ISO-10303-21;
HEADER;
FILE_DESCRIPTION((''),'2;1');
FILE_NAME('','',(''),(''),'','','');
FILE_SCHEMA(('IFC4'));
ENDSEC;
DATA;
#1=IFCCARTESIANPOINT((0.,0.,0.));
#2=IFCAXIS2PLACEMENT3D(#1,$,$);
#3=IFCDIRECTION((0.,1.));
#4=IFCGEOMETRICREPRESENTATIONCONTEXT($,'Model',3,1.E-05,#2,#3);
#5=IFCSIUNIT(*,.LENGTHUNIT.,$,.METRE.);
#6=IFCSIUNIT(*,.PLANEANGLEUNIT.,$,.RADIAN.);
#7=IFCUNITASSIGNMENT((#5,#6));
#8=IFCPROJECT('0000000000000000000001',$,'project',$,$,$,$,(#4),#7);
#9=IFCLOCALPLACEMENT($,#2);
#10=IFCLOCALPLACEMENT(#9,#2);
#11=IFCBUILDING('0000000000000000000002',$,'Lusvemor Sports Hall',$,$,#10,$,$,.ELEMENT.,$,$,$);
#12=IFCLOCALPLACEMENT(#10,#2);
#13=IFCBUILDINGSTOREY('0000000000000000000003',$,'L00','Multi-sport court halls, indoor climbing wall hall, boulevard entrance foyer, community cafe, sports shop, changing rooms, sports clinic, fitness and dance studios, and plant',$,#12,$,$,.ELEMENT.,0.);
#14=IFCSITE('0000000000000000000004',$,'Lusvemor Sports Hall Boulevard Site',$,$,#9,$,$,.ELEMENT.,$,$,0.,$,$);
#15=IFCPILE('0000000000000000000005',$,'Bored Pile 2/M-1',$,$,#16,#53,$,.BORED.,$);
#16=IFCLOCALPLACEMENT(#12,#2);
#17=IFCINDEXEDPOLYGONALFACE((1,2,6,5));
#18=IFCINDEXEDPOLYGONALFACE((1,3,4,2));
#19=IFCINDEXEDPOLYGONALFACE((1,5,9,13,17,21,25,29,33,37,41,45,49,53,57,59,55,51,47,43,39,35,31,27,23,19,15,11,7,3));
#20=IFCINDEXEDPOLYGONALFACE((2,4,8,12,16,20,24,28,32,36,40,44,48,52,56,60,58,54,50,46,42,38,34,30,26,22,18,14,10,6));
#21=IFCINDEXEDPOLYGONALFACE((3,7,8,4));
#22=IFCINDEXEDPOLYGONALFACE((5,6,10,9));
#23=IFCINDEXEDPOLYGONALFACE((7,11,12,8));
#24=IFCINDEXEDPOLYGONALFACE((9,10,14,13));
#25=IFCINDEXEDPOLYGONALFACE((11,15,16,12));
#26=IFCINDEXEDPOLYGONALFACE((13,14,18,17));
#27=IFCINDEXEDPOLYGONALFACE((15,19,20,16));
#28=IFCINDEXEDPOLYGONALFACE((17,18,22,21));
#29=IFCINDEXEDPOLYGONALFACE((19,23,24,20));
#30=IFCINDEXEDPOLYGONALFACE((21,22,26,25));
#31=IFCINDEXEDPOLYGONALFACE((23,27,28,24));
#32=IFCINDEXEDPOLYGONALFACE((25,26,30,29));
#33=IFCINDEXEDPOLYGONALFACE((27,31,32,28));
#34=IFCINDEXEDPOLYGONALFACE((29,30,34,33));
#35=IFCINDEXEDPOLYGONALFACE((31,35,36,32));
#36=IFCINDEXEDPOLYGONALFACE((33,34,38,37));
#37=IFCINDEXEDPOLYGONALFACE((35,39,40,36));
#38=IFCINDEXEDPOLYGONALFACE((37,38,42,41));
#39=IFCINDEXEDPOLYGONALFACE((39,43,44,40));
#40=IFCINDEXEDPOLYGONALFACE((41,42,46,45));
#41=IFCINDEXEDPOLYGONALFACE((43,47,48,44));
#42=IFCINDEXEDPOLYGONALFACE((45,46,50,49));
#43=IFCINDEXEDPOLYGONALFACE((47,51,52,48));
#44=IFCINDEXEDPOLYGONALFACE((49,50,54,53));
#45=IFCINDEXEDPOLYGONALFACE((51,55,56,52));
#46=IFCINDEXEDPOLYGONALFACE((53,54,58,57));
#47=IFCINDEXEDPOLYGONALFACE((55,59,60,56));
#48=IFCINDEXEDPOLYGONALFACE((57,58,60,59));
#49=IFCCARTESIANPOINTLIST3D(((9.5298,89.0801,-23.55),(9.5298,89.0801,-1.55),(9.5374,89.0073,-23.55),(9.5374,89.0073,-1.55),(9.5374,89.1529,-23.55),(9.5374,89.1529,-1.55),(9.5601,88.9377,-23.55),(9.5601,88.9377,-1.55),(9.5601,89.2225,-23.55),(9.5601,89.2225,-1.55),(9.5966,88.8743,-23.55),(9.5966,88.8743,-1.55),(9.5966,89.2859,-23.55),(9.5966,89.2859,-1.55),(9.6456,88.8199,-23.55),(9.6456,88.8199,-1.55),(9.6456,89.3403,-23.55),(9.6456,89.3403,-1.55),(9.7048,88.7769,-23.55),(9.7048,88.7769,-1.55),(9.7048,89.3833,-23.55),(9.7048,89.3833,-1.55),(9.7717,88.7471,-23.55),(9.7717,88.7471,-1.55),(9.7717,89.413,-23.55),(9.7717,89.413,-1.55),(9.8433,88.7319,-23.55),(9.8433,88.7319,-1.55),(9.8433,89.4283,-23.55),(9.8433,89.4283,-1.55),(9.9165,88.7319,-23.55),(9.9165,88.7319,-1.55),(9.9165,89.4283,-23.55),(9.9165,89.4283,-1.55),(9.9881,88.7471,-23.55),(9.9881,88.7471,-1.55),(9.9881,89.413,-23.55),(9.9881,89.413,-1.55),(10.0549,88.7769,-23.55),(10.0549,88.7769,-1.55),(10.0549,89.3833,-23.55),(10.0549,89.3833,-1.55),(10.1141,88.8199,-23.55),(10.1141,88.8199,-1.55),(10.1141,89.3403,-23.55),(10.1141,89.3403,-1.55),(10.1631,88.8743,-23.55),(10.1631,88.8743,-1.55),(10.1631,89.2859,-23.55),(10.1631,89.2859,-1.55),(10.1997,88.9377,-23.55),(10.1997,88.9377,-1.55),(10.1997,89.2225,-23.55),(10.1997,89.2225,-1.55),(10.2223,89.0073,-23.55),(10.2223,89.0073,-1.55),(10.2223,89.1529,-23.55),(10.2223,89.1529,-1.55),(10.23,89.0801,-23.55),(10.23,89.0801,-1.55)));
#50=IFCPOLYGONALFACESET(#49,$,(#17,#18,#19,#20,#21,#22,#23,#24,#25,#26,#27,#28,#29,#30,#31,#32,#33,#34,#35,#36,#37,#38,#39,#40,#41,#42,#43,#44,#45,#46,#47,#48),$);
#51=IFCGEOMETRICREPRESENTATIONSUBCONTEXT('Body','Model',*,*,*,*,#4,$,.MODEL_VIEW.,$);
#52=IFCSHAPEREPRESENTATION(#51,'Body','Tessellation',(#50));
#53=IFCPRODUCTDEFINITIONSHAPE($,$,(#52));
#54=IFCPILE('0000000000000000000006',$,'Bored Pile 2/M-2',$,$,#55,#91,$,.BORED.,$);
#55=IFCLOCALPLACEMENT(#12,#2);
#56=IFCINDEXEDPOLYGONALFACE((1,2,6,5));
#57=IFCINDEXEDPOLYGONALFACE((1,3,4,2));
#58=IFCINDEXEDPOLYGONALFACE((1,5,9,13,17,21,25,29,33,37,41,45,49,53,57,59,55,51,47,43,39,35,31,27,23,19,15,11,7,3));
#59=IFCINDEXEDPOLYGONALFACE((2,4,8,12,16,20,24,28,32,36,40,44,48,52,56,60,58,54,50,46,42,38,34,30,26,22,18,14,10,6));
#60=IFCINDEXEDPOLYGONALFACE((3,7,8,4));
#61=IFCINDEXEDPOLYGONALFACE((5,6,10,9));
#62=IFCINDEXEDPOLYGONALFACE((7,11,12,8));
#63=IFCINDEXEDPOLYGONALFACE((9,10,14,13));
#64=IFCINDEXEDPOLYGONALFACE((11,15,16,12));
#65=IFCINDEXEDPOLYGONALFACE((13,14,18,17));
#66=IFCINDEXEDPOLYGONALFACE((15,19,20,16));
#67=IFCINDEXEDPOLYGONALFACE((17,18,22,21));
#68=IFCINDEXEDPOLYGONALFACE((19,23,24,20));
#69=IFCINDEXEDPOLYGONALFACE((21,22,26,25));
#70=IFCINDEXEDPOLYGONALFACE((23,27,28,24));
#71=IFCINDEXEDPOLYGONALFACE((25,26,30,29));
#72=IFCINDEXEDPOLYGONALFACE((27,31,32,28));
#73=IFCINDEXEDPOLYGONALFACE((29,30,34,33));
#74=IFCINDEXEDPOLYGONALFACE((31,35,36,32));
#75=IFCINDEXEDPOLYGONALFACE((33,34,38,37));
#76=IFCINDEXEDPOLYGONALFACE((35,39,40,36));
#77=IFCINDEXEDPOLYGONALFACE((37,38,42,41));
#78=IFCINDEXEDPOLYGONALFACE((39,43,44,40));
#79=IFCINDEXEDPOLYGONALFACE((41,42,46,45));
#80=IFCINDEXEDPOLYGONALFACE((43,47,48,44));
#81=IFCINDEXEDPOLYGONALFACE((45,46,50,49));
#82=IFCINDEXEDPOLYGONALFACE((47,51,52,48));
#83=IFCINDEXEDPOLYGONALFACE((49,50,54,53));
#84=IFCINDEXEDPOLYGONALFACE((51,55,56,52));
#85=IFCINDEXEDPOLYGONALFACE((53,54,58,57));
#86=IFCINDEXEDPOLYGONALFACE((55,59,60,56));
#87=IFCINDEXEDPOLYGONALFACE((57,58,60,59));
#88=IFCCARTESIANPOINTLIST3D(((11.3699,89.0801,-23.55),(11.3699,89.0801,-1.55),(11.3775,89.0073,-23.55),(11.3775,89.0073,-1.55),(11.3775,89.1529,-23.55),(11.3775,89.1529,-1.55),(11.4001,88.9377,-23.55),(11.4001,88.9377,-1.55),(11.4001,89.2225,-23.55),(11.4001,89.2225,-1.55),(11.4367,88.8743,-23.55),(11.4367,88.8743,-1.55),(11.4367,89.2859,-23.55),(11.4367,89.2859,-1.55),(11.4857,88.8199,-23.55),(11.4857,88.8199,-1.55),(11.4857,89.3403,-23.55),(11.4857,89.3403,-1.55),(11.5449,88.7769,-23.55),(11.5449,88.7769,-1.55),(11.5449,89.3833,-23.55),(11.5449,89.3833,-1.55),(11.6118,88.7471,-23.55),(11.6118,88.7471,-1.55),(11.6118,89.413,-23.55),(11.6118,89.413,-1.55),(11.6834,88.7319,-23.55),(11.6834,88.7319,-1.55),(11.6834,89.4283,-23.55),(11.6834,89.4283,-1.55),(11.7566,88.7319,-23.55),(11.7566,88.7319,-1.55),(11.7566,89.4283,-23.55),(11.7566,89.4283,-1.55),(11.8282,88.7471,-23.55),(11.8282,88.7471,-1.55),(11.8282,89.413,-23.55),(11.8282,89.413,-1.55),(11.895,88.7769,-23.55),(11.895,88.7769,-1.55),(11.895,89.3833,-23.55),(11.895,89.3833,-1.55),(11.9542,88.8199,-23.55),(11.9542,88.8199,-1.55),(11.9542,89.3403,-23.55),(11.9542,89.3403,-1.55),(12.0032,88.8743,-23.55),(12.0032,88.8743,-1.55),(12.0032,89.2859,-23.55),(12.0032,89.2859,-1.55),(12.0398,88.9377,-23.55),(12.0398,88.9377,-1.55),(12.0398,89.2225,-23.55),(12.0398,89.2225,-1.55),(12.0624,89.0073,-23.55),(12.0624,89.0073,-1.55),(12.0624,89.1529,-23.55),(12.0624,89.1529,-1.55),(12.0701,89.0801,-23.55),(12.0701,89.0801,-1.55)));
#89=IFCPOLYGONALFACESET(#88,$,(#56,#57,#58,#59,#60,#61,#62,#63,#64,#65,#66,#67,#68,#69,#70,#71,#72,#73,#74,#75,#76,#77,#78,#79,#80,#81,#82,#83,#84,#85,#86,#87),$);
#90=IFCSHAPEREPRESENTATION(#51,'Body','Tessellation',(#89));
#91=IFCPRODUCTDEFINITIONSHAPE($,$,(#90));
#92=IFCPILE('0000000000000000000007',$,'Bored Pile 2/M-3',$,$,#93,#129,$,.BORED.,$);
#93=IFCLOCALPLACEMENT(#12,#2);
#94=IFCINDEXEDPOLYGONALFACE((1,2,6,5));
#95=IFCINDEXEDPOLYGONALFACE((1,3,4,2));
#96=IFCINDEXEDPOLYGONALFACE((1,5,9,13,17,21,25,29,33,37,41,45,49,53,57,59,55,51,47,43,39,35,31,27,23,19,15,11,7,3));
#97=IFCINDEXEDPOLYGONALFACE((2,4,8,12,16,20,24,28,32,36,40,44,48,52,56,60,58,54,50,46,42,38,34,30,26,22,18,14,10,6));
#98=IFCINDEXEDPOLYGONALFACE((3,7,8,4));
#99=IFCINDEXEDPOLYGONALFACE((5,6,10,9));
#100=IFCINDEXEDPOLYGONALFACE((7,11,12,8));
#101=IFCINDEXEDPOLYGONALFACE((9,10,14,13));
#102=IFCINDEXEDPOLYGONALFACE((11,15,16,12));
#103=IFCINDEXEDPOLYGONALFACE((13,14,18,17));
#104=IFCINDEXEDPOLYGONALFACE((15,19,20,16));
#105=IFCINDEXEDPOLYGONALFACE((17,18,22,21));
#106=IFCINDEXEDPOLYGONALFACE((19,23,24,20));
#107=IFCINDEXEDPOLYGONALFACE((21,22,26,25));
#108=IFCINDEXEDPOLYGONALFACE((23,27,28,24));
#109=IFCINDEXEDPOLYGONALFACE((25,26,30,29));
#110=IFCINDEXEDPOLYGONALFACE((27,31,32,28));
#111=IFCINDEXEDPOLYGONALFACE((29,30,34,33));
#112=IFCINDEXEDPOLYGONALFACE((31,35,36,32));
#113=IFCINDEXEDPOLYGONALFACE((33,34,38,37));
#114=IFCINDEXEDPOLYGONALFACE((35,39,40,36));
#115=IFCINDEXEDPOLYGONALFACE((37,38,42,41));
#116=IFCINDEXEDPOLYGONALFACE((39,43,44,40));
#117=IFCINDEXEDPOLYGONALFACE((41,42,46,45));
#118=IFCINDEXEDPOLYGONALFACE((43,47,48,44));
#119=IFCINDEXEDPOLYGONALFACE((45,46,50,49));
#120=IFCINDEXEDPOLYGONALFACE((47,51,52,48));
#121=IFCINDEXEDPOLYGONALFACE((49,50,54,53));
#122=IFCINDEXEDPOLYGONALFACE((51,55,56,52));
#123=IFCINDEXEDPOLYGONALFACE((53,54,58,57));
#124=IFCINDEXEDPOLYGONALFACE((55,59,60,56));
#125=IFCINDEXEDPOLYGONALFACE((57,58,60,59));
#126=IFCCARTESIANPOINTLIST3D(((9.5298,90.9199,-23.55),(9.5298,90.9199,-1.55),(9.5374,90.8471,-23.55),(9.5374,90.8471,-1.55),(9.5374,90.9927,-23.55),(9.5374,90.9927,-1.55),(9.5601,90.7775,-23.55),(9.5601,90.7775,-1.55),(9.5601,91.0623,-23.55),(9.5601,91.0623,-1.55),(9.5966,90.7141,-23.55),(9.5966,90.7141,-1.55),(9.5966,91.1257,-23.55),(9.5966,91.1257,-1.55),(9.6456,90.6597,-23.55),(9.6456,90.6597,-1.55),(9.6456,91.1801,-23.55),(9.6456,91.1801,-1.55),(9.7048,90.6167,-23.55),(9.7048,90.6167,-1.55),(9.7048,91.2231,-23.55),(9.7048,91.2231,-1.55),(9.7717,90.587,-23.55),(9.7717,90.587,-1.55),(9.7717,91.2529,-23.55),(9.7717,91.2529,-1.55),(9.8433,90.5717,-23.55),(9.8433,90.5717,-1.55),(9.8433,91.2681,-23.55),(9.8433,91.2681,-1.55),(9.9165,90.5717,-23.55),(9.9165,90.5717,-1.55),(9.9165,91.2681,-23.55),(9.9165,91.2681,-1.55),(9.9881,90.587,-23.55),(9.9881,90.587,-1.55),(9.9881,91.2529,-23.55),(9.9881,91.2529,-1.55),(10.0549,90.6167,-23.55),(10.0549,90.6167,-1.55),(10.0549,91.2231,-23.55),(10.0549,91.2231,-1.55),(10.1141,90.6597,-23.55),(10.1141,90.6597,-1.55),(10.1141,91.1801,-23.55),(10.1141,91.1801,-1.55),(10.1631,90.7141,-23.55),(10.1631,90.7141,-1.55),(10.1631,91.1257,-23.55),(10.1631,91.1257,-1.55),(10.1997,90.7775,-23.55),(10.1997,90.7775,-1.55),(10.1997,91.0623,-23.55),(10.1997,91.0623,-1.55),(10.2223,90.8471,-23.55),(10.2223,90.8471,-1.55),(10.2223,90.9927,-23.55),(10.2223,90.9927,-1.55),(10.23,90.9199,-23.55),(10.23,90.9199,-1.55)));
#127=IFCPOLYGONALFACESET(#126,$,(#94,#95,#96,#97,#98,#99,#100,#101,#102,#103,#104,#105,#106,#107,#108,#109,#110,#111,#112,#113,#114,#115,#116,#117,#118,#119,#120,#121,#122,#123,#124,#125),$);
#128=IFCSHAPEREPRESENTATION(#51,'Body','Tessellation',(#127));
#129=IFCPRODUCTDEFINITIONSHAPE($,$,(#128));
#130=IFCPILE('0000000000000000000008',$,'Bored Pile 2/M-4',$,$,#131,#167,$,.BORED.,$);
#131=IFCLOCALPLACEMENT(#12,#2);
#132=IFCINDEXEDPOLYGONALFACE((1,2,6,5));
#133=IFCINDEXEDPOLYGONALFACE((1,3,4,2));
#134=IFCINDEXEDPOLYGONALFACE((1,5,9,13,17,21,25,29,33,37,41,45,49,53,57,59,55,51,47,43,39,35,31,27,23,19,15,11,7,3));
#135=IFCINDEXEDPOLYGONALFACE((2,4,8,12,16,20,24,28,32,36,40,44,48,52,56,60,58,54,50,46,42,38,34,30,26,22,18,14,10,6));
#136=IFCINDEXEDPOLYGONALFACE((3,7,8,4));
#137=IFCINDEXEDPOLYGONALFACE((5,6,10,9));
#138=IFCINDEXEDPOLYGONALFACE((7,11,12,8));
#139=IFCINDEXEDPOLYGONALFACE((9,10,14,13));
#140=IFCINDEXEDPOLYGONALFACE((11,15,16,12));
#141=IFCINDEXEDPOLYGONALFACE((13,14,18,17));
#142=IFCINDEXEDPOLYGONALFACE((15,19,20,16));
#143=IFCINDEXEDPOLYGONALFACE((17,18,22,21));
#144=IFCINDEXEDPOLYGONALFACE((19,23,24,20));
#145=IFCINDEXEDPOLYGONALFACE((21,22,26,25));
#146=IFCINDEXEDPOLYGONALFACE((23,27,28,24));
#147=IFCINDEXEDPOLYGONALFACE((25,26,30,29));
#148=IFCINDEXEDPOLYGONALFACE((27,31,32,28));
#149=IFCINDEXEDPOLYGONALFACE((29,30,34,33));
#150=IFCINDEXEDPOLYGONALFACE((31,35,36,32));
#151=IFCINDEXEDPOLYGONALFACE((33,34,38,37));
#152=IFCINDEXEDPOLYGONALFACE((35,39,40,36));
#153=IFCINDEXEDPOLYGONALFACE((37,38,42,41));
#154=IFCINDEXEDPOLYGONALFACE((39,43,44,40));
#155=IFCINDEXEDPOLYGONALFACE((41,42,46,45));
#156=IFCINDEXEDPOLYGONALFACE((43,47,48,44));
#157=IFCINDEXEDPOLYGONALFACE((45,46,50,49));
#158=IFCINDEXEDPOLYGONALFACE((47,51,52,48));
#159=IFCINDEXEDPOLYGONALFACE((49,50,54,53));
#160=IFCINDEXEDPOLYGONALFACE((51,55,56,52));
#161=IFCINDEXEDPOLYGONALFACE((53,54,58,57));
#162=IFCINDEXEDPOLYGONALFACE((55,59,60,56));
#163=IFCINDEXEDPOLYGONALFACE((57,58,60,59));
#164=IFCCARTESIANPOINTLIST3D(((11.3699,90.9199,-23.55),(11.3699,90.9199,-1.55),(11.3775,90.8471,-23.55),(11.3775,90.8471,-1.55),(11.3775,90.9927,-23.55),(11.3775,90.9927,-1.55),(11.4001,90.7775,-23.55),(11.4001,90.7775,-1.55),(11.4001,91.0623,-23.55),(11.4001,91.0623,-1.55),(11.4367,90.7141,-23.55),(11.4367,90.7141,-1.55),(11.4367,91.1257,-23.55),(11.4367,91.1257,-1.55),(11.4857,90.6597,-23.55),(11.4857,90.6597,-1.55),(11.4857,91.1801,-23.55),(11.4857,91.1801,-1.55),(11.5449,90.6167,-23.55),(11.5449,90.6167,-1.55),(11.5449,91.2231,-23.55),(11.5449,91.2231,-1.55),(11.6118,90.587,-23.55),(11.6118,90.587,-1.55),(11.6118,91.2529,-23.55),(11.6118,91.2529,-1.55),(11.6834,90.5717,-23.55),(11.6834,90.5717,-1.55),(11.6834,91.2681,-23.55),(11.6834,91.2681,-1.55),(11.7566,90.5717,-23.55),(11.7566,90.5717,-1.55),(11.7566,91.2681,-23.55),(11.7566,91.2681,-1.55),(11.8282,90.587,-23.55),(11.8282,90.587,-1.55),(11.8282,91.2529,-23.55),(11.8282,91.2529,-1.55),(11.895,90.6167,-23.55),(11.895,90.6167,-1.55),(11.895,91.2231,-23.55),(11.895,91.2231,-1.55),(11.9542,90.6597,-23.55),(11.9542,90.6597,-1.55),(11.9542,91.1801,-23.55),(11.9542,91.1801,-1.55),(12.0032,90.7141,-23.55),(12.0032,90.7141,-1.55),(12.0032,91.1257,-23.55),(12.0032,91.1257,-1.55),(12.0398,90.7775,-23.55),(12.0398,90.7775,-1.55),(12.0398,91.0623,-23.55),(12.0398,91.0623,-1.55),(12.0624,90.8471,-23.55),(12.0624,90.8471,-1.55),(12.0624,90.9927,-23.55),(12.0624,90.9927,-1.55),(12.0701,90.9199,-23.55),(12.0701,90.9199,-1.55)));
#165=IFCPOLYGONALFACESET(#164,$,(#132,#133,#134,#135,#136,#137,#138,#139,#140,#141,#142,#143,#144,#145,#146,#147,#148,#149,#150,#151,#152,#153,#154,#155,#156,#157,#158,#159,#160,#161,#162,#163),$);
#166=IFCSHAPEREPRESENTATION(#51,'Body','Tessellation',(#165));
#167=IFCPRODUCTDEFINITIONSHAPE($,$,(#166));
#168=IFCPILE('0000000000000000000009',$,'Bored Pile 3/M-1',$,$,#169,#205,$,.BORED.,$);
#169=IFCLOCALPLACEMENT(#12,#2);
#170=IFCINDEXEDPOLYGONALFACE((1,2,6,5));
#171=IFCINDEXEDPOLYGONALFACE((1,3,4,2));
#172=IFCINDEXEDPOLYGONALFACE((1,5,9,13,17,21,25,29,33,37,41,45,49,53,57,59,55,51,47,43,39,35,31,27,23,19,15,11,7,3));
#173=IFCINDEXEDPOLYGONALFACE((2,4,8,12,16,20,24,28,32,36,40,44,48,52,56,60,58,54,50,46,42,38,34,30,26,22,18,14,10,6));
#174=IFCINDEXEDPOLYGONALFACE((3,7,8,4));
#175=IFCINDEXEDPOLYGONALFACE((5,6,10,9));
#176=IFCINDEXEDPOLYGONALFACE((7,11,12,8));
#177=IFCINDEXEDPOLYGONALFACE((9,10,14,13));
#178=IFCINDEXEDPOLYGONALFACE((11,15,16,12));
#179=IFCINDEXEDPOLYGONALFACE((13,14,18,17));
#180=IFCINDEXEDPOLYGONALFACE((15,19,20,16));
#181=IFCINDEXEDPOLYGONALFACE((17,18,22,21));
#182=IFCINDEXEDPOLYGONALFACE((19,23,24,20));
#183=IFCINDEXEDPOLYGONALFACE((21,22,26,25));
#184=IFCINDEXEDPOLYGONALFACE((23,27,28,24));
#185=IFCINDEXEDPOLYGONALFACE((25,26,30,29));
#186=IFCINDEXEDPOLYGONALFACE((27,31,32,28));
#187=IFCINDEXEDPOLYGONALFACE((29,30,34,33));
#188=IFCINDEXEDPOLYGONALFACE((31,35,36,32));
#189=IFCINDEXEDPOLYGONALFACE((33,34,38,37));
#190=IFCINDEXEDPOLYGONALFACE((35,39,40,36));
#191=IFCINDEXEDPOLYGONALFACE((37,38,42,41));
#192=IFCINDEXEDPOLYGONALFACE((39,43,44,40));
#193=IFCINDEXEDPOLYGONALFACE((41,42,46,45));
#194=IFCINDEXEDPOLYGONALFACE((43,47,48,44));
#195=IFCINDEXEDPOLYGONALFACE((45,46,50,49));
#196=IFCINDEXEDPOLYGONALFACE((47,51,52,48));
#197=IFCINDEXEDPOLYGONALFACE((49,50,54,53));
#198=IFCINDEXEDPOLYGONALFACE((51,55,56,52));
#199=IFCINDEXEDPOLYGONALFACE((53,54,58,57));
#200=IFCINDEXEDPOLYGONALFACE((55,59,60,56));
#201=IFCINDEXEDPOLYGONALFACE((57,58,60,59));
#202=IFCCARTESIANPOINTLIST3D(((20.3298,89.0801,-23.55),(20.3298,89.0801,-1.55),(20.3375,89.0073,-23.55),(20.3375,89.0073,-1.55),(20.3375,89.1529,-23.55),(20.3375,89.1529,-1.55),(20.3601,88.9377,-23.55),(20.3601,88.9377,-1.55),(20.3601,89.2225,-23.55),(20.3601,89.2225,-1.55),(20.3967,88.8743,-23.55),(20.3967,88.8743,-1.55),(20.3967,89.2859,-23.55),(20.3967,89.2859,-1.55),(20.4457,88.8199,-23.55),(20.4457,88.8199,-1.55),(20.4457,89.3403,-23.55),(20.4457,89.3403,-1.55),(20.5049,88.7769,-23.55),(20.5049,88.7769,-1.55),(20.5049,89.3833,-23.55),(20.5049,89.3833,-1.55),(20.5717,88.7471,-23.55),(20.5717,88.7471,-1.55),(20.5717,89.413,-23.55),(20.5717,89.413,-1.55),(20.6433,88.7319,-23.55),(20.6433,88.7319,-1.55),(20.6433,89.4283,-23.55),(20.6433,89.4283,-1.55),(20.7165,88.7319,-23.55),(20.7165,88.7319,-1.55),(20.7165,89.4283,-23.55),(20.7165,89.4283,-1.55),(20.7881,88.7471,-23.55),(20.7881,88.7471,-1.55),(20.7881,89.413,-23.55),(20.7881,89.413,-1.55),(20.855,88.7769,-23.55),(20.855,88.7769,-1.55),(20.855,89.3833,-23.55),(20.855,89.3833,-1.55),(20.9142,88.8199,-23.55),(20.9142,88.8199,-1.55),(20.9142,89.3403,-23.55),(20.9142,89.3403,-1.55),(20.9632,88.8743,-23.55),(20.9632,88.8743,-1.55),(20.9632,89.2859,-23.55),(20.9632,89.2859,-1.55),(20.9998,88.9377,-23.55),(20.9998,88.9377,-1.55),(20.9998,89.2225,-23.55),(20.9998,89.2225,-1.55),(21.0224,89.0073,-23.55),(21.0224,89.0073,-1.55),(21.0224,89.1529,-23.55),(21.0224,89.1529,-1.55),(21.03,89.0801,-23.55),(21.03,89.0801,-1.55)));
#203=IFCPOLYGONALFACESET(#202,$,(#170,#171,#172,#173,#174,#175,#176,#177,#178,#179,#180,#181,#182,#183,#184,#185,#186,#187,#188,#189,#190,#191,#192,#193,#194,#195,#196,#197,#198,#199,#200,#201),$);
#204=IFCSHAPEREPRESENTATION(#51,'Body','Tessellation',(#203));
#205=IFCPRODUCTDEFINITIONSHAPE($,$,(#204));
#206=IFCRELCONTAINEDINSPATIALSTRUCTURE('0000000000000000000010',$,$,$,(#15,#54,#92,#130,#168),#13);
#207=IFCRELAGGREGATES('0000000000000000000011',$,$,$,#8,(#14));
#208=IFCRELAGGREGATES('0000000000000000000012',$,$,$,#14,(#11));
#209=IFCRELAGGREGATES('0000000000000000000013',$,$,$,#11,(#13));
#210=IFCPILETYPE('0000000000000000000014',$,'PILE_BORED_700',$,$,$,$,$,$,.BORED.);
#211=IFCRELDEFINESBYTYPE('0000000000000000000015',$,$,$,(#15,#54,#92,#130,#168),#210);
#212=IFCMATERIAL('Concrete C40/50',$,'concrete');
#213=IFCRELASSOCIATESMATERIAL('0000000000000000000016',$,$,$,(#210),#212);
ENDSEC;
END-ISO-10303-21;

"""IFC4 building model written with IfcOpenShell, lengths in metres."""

from ifc_helpers import new_model, si_unit, direction, frame, origin, origin_2d, place, context, subcontext, project, spatial, circle, extrude, material, material_profile, profile_set, type_object, element, save


model = new_model("IFC4")

# Units and contexts
model_context = context("Model", 3, precision=1e-05, world=origin(), true_north=direction((0.0, 1.0)))
body_context = subcontext(model_context, "Body", "Model", "MODEL_VIEW")
ifc_project = project(units=[si_unit("LENGTHUNIT", "METRE"), si_unit("PLANEANGLEUNIT", "RADIAN")], contexts=[model_context])

# Site, building, storey
site_placement = place(None, origin())
site = spatial("IfcSite", under=ifc_project, at=site_placement, Name="Lusvemor Sports Hall Boulevard Site", CompositionType="ELEMENT", RefElevation=0.0)
building_placement = place(site_placement, origin())
building = spatial("IfcBuilding", under=site, at=building_placement, Name="Lusvemor Sports Hall", CompositionType="ELEMENT")
storey_placement = place(building_placement, origin())
storey = spatial("IfcBuildingStorey", under=building, at=storey_placement, Name="L00", Description="Multi-sport court halls, indoor climbing wall hall, boulevard entrance foyer, community cafe, sports shop, changing rooms, sports clinic, fitness and dance studios, and plant", CompositionType="ELEMENT", Elevation=0.0)

# Piles
ifc_material_1 = material(Name="Concrete C40/50", Category="concrete")
ifc_material_profile_1 = material_profile(ifc_material_1, circle(Radius=0.3501, at=origin_2d()), Name="PILE700")
ifc_profile_set_1 = profile_set([ifc_material_profile_1], Name="Concrete C40/50")
pile_type_1 = type_object("IfcPileType", Name="PILE_BORED_700", PredefinedType="BORED", material=ifc_profile_set_1)
for number, where, z_axis, x_axis, name in (
    (1, (9.8799, 89.0801, -1.55), (0.0, 0.0, -1.0), (1.0, 0.0, 0.0), "Bored Pile 2/M-1"),
    (2, (11.72, 89.0801, -1.55), (0.0, 0.0, -1.0), (1.0, 0.0, 0.0), "Bored Pile 2/M-2"),
    (3, (9.8799, 90.9199, -1.55), (0.0, 0.0, -1.0), (1.0, 0.0, 0.0), "Bored Pile 2/M-3"),
    (4, (11.72, 90.9199, -1.55), (0.0, 0.0, -1.0), (1.0, 0.0, 0.0), "Bored Pile 2/M-4"),
    (5, (20.6799, 89.0801, -1.55), (0.0, 0.0, -1.0), (1.0, 0.0, 0.0), "Bored Pile 3/M-1"),
):
    element("IfcPile", number, at=place(storey_placement, frame(where, z_axis=z_axis, x_axis=x_axis)), inside=storey, type_object=pile_type_1, Name=name, PredefinedType="BORED", context=body_context, shape_type="SweptSolid", body=[
        extrude(circle(Radius=0.3501, at=origin_2d()), origin(), (0.0, 0.0, 1.0), 22.0),
    ])

save(model, "model.ifc")
